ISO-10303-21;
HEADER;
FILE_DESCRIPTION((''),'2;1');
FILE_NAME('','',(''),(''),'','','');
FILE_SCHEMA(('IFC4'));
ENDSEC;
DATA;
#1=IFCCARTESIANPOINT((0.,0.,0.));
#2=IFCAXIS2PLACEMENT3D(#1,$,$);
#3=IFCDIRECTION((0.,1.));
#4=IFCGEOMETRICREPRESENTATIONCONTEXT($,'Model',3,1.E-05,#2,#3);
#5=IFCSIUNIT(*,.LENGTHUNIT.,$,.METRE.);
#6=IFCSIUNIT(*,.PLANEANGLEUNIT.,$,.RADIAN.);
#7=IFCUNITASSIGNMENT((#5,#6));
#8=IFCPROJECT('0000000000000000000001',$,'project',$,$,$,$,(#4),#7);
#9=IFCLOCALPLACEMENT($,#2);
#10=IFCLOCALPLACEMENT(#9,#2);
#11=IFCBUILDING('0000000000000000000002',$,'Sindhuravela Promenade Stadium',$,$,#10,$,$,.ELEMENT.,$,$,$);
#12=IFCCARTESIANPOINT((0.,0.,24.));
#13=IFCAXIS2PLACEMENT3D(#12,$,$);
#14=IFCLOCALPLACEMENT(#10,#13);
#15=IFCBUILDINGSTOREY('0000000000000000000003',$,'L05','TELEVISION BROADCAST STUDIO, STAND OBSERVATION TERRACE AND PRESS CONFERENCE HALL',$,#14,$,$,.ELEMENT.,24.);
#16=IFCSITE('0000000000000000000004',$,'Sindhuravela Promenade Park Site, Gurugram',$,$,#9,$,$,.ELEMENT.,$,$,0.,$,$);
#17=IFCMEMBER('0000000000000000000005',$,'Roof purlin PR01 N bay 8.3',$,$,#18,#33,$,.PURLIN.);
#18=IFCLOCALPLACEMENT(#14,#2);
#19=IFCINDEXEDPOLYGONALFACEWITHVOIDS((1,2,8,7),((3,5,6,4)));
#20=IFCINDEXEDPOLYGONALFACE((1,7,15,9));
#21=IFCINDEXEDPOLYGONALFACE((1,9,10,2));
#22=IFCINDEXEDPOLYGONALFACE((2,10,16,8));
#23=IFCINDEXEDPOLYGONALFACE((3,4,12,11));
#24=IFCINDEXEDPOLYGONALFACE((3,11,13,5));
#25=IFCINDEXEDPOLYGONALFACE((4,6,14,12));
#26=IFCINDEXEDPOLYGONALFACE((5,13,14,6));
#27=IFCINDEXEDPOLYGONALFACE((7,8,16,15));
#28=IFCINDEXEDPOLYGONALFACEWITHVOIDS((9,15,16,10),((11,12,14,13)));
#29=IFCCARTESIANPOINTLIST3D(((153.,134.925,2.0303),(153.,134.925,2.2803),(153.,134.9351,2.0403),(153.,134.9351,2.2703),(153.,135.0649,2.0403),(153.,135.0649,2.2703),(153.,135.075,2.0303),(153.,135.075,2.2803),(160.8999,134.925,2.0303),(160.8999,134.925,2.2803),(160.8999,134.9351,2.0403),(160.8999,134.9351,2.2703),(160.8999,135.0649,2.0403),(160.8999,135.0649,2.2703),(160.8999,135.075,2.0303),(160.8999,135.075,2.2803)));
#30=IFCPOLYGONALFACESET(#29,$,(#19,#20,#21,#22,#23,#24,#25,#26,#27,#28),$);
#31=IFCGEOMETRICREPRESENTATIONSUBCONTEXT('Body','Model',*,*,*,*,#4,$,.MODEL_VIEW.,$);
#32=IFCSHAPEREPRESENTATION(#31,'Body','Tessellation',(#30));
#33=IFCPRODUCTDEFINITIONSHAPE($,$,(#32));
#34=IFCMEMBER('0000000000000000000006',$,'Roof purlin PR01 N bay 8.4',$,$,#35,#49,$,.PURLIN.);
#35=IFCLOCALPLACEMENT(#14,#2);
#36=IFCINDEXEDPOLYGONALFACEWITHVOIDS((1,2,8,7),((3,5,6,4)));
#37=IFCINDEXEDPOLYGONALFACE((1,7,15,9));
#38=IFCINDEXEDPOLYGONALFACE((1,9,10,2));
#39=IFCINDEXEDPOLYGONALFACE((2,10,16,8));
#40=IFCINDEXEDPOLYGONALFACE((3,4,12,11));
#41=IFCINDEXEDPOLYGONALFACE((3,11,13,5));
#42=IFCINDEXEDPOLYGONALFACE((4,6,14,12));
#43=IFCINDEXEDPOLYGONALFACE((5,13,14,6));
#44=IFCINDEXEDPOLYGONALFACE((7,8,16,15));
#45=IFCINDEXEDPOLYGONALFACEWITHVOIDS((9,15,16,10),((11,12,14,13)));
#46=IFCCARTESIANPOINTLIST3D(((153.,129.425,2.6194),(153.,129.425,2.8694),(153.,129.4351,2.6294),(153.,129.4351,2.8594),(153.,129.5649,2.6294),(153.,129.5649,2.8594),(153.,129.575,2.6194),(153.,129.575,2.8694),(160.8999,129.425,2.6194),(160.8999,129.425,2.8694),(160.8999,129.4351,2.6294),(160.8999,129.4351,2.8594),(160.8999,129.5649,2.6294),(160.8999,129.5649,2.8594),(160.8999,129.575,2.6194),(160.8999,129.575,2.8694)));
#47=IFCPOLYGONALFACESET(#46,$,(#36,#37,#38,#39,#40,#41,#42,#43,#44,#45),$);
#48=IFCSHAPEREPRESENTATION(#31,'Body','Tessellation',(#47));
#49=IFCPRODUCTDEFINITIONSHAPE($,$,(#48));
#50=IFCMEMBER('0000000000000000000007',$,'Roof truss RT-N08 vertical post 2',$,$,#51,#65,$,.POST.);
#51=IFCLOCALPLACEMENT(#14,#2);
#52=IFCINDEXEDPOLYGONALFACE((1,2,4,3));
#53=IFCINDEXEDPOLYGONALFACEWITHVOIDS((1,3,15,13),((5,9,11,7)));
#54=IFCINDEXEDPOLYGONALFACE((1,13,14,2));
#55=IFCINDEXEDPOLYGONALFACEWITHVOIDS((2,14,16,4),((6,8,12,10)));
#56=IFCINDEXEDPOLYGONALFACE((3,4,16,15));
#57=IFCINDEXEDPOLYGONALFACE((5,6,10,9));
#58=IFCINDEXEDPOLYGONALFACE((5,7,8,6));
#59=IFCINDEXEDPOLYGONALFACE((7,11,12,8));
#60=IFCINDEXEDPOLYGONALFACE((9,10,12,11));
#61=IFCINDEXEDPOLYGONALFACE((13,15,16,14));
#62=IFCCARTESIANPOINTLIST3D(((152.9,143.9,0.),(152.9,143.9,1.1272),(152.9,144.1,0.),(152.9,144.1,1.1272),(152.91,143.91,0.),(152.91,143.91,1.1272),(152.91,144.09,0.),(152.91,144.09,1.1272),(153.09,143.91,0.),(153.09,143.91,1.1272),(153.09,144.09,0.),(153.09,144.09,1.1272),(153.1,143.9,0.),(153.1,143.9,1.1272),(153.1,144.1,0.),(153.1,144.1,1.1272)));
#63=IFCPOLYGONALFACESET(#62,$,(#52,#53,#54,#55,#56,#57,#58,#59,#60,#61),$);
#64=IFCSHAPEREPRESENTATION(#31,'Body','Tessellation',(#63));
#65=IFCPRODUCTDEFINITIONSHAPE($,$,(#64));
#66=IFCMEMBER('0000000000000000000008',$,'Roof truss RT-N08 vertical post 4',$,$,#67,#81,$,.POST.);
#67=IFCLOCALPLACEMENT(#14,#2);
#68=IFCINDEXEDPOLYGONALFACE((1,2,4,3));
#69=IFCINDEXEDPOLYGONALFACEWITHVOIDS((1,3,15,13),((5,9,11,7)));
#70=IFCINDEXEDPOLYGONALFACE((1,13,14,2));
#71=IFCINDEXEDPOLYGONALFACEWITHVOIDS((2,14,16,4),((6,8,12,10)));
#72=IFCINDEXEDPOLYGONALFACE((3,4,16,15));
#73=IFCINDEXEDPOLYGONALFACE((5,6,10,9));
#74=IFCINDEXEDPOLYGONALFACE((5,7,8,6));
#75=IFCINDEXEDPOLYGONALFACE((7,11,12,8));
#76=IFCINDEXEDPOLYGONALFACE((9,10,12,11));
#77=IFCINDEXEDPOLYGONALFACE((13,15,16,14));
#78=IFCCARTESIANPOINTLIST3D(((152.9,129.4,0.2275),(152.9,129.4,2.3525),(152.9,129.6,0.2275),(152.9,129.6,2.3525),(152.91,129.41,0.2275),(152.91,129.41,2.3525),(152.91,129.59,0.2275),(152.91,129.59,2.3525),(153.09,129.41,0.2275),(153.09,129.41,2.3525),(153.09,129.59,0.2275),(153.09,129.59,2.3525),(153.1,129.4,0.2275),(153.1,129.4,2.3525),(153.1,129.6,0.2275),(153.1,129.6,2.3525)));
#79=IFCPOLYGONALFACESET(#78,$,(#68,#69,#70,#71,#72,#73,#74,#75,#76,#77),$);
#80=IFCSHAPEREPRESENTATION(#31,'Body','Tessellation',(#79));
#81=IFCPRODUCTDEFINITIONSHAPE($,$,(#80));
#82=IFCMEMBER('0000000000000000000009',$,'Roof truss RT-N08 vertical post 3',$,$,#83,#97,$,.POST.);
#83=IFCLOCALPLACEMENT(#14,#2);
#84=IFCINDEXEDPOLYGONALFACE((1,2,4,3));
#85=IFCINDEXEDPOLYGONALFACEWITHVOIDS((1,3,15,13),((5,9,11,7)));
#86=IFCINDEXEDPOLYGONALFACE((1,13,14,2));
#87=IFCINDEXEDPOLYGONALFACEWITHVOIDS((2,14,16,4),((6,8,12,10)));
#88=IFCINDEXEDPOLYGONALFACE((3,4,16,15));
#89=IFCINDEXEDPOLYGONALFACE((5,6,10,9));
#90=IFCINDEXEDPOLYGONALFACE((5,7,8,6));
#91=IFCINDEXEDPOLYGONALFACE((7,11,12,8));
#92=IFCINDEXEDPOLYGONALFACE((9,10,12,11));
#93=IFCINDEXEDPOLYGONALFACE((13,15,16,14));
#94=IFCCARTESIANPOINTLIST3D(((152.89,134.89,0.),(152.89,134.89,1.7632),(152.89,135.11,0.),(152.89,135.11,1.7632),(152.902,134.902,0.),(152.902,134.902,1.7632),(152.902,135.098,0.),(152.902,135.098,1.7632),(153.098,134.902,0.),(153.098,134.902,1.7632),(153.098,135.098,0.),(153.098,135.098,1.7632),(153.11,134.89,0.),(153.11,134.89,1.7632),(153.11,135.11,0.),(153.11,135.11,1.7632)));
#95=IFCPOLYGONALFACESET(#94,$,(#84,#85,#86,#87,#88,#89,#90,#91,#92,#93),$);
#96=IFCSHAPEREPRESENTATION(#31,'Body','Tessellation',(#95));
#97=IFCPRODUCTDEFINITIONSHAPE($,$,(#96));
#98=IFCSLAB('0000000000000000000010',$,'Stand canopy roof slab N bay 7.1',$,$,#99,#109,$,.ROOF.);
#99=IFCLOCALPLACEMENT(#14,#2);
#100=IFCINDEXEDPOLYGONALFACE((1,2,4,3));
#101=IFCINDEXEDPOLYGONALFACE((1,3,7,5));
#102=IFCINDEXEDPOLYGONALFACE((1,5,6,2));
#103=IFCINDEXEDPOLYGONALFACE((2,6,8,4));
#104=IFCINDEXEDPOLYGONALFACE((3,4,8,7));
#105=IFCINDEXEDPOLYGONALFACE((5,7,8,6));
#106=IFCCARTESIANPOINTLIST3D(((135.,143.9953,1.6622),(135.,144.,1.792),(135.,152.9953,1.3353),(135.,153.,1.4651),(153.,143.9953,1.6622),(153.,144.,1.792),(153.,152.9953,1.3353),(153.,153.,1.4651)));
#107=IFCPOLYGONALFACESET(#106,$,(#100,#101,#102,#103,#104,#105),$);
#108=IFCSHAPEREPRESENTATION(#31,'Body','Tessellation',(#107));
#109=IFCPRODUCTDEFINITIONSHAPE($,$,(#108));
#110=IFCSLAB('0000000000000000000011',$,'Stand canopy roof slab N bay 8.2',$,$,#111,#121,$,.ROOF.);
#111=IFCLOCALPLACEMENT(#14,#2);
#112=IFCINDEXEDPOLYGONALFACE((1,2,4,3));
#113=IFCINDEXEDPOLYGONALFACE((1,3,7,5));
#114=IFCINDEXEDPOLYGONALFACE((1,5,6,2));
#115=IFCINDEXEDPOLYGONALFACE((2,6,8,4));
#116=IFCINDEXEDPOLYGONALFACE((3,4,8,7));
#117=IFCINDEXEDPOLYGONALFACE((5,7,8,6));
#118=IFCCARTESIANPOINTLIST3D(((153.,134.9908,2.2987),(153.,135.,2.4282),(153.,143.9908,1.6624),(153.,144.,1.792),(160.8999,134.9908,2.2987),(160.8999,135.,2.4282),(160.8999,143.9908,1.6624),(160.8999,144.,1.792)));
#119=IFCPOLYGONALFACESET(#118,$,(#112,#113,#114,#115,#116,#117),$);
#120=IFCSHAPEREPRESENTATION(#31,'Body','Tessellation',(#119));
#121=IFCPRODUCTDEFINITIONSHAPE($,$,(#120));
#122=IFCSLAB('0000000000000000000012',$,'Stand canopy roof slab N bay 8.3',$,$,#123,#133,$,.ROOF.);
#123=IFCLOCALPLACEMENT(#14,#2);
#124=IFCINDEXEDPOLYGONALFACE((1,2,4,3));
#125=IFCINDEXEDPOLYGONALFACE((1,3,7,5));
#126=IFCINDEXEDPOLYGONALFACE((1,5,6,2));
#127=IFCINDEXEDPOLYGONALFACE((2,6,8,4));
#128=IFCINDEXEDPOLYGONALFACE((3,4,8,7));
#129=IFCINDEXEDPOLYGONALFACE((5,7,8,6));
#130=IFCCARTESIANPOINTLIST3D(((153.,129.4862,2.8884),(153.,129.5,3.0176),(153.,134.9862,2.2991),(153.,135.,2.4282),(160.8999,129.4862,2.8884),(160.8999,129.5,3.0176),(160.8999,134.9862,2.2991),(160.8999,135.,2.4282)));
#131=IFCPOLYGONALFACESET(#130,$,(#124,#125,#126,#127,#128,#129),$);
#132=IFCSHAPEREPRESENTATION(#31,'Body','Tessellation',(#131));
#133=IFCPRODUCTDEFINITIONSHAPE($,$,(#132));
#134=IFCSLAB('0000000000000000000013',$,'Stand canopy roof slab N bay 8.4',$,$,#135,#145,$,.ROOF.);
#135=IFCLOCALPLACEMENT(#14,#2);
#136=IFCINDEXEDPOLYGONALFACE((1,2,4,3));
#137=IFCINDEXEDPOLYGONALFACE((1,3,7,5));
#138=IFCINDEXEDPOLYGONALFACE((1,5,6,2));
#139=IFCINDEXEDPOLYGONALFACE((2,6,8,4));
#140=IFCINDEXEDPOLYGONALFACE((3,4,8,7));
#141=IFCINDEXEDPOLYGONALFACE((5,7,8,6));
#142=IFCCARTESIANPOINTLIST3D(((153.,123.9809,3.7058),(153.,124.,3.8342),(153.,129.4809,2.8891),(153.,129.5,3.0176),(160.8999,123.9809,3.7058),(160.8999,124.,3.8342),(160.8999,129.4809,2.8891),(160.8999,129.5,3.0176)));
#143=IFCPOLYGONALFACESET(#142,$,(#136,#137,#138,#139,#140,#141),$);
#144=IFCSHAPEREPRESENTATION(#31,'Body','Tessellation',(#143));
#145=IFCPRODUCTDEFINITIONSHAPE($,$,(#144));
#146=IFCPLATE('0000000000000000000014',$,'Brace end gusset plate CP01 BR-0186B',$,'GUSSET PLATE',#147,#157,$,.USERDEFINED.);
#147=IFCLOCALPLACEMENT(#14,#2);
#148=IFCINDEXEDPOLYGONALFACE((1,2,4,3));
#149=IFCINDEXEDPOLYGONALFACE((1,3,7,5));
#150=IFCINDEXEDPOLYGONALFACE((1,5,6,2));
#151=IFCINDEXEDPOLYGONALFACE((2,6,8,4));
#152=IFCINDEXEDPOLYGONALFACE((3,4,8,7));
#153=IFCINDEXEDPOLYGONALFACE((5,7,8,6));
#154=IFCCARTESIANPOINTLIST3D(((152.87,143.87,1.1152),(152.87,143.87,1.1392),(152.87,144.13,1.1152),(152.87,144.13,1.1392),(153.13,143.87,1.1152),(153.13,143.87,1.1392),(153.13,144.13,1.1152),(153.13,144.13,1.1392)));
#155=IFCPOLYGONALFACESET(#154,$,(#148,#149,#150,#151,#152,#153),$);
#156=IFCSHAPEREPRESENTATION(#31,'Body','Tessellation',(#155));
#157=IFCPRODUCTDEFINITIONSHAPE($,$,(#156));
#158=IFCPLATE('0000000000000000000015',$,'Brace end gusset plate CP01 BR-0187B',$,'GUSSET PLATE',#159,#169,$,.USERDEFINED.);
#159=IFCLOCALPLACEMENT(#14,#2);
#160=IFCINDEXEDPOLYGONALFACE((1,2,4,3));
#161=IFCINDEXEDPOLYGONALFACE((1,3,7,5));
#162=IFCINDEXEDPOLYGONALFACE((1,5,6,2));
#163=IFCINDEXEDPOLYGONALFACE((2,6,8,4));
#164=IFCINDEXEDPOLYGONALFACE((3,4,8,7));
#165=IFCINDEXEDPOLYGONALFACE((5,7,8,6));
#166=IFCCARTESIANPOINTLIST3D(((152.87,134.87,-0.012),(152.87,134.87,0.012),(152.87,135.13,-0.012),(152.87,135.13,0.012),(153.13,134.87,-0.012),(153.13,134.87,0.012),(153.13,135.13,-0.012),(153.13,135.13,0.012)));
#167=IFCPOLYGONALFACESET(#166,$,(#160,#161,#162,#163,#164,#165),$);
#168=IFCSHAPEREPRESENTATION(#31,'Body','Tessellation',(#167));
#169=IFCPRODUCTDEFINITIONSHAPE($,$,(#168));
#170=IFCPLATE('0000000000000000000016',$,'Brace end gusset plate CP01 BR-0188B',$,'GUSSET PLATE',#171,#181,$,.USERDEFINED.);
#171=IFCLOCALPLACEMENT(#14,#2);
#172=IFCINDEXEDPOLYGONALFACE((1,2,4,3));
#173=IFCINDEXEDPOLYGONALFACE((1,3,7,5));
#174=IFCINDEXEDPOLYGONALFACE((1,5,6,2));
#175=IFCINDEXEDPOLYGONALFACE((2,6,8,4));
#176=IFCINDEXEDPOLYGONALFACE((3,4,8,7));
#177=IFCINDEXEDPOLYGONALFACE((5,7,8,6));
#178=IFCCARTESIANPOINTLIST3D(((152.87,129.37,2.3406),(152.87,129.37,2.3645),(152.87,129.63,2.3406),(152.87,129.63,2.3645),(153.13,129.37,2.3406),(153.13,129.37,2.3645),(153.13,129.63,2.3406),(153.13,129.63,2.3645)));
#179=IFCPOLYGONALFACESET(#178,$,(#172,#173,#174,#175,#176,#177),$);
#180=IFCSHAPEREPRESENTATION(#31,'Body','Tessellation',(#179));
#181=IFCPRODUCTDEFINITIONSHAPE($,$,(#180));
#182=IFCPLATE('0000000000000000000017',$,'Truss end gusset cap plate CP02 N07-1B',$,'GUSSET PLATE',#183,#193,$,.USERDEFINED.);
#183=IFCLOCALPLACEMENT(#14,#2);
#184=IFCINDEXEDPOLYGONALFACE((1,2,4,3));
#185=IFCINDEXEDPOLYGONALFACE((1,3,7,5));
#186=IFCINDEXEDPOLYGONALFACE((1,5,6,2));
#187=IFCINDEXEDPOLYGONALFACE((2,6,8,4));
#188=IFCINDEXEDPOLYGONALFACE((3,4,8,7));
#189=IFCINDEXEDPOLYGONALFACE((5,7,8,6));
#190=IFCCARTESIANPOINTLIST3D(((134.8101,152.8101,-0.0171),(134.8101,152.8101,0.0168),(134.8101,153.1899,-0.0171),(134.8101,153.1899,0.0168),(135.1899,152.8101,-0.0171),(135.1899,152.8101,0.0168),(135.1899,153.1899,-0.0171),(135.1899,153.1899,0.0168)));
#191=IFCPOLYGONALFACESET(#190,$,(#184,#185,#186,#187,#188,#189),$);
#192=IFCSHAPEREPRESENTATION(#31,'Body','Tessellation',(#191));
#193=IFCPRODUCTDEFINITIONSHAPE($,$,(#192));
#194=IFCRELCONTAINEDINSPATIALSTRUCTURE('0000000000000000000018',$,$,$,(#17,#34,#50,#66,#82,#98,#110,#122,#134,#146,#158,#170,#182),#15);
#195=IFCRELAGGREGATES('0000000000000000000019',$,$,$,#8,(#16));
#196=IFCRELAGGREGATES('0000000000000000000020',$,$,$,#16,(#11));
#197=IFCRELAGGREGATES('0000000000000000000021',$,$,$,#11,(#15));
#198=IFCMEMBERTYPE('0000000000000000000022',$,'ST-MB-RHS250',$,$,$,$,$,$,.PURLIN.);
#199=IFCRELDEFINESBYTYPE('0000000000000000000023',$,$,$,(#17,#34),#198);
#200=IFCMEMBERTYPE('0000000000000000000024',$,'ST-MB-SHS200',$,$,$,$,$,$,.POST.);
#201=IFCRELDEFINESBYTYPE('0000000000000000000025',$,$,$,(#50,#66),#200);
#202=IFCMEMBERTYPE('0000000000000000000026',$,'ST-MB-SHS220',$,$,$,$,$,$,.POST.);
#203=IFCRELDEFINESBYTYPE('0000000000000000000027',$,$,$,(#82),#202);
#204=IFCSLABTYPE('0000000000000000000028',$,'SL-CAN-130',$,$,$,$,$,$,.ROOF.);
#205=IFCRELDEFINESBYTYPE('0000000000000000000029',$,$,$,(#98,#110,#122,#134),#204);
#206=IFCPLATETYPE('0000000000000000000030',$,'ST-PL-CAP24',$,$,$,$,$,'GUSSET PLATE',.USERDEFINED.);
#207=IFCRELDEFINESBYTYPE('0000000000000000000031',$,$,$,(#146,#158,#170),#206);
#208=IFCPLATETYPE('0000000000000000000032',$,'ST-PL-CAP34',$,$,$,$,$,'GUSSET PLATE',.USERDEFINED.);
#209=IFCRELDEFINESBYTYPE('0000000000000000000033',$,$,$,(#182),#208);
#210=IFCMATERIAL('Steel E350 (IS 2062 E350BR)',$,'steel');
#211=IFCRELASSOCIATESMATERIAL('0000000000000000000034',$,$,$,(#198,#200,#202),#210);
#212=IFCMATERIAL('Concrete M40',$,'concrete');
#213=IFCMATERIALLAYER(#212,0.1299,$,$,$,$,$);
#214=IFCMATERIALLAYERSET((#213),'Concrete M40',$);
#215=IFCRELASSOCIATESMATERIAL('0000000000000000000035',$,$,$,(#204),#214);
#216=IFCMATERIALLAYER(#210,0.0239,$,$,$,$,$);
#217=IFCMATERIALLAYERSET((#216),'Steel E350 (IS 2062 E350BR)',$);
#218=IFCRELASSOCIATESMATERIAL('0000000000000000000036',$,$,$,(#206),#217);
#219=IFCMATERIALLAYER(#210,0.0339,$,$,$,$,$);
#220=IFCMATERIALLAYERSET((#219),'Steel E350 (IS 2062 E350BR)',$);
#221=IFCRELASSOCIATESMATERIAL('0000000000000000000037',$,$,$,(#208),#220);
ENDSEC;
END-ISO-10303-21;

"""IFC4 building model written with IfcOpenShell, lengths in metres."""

from ifc_helpers import new_model, si_unit, direction, frame, origin, origin_2d, place, context, subcontext, project, spatial, polyline, rectangle, hollow_rectangle, outline, extrude, material, layer, layer_set, material_profile, profile_set, type_object, element, save


model = new_model("IFC4")

# Units and contexts
model_context = context("Model", 3, precision=1e-05, world=origin(), true_north=direction((0.0, 1.0)))
body_context = subcontext(model_context, "Body", "Model", "MODEL_VIEW")
ifc_project = project(units=[si_unit("LENGTHUNIT", "METRE"), si_unit("PLANEANGLEUNIT", "RADIAN")], contexts=[model_context])

# Site, building, storey
site_placement = place(None, origin())
site = spatial("IfcSite", under=ifc_project, at=site_placement, Name="Sindhuravela Promenade Park Site, Gurugram", CompositionType="ELEMENT", RefElevation=0.0)
building_placement = place(site_placement, origin())
building = spatial("IfcBuilding", under=site, at=building_placement, Name="Sindhuravela Promenade Stadium", CompositionType="ELEMENT")
storey_placement = place(building_placement, frame((0.0, 0.0, 24.0)))
storey = spatial("IfcBuildingStorey", under=building, at=storey_placement, Name="L05", Description="TELEVISION BROADCAST STUDIO, STAND OBSERVATION TERRACE AND PRESS CONFERENCE HALL", CompositionType="ELEMENT", Elevation=24.0)

# Shared definitions
ifc_material_1 = material(Name="Steel E350 (IS 2062 E350BR)", Category="steel")

# Members
ifc_material_profile_1 = material_profile(ifc_material_1, hollow_rectangle(XDim=0.1499, YDim=0.25, WallThickness=0.01, at=origin_2d()), Name="RHS 250x150x10")
ifc_profile_set_1 = profile_set([ifc_material_profile_1], Name="Steel E350 (IS 2062 E350BR)")
member_type_1 = type_object("IfcMemberType", Name="ST-MB-RHS250", PredefinedType="PURLIN", material=ifc_profile_set_1)
for number, where, z_axis, x_axis, name in (
    (1, (153.0, 135.0, 2.1553), (1.0, 0.0, 0.0), (0.0, 1.0, 0.0), "Roof purlin PR01 N bay 8.3"),
    (2, (153.0, 129.5, 2.7444), (1.0, 0.0, 0.0), (0.0, 1.0, 0.0), "Roof purlin PR01 N bay 8.4"),
):
    element("IfcMember", number, at=place(storey_placement, frame(where, z_axis=z_axis, x_axis=x_axis)), inside=storey, type_object=member_type_1, Name=name, PredefinedType="PURLIN", context=body_context, shape_type="SweptSolid", body=[
        extrude(hollow_rectangle(XDim=0.1499, YDim=0.25, WallThickness=0.01, at=origin_2d()), origin(), (0.0, 0.0, 1.0), 7.8999),
    ])
ifc_material_profile_2 = material_profile(ifc_material_1, hollow_rectangle(XDim=0.2, YDim=0.2, WallThickness=0.01, at=origin_2d()), Name="SHS 200x200x10")
ifc_profile_set_2 = profile_set([ifc_material_profile_2], Name="Steel E350 (IS 2062 E350BR)")
member_type_2 = type_object("IfcMemberType", Name="ST-MB-SHS200", PredefinedType="POST", material=ifc_profile_set_2)
member_1_placement = place(storey_placement, frame((153.0, 144.0, 0.0), z_axis=(0.0, 0.0, 1.0), x_axis=(1.0, 0.0, 0.0)))
element("IfcMember", 3, at=member_1_placement, inside=storey, type_object=member_type_2, Name="Roof truss RT-N08 vertical post 2", PredefinedType="POST", context=body_context, shape_type="SweptSolid", body=[
    extrude(hollow_rectangle(XDim=0.2, YDim=0.2, WallThickness=0.01, at=origin_2d()), origin(), (0.0, 0.0, 1.0), 1.1272),
])
member_2_placement = place(storey_placement, frame((153.0, 129.5, 0.2275), z_axis=(0.0, 0.0, 1.0), x_axis=(1.0, 0.0, 0.0)))
element("IfcMember", 4, at=member_2_placement, inside=storey, type_object=member_type_2, Name="Roof truss RT-N08 vertical post 4", PredefinedType="POST", context=body_context, shape_type="SweptSolid", body=[
    extrude(hollow_rectangle(XDim=0.2, YDim=0.2, WallThickness=0.01, at=origin_2d()), origin(), (0.0, 0.0, 1.0), 2.125),
])
ifc_material_profile_3 = material_profile(ifc_material_1, hollow_rectangle(XDim=0.22, YDim=0.22, WallThickness=0.012, at=origin_2d()), Name="SHS 220x220x12")
ifc_profile_set_3 = profile_set([ifc_material_profile_3], Name="Steel E350 (IS 2062 E350BR)")
member_type_3 = type_object("IfcMemberType", Name="ST-MB-SHS220", PredefinedType="POST", material=ifc_profile_set_3)
member_3_placement = place(storey_placement, frame((153.0, 135.0, 0.0), z_axis=(0.0, 0.0, 1.0), x_axis=(1.0, 0.0, 0.0)))
element("IfcMember", 5, at=member_3_placement, inside=storey, type_object=member_type_3, Name="Roof truss RT-N08 vertical post 3", PredefinedType="POST", context=body_context, shape_type="SweptSolid", body=[
    extrude(hollow_rectangle(XDim=0.22, YDim=0.22, WallThickness=0.012, at=origin_2d()), origin(), (0.0, 0.0, 1.0), 1.7632),
])

# Slabs
ifc_material_2 = material(Name="Concrete M40", Category="concrete")
ifc_layer_1 = layer(ifc_material_2, 0.1299)
ifc_layer_set_1 = layer_set([ifc_layer_1], Name="Concrete M40")
slab_type = type_object("IfcSlabType", Name="SL-CAN-130", PredefinedType="ROOF", material=ifc_layer_set_1)
slab_1_placement = place(storey_placement, frame((135.0, 153.0, 1.4651), z_axis=(0.0, 0.036299, 0.999341), x_axis=(1.0, 0.0, 0.0)))
element("IfcSlab", 6, at=slab_1_placement, inside=storey, type_object=slab_type, Name="Stand canopy roof slab N bay 7.1", PredefinedType="ROOF", context=body_context, shape_type="SweptSolid", body=[
    extrude(outline(polyline([(0.0, 0.0), (0.0, -9.0059), (18.0, -9.0059), (18.0, 0.0), (0.0, 0.0)])), origin(), (0.0, 0.0, -1.0), 0.1299),
])
slab_2_placement = place(storey_placement, frame((153.0, 144.0, 1.792), z_axis=(0.0, 0.070516, 0.997511), x_axis=(1.0, 0.0, 0.0)))
element("IfcSlab", 7, at=slab_2_placement, inside=storey, type_object=slab_type, Name="Stand canopy roof slab N bay 8.2", PredefinedType="ROOF", context=body_context, shape_type="SweptSolid", body=[
    extrude(outline(polyline([(0.0, 0.0), (0.0, -9.0225), (7.8999, -9.0225), (7.8999, 0.0), (0.0, 0.0)])), origin(), (0.0, 0.0, -1.0), 0.1299),
])
slab_3_placement = place(storey_placement, frame((153.0, 135.0, 2.4282), z_axis=(0.0, 0.106546, 0.994308), x_axis=(1.0, 0.0, 0.0)))
element("IfcSlab", 8, at=slab_3_placement, inside=storey, type_object=slab_type, Name="Stand canopy roof slab N bay 8.3", PredefinedType="ROOF", context=body_context, shape_type="SweptSolid", body=[
    extrude(outline(polyline([(0.0, 0.0), (0.0, -5.5315), (7.8999, -5.5315), (7.8999, 0.0), (0.0, 0.0)])), origin(), (0.0, 0.0, -1.0), 0.1299),
])
slab_4_placement = place(storey_placement, frame((153.0, 129.5, 3.0176), z_axis=(0.0, 0.146872, 0.989156), x_axis=(1.0, 0.0, 0.0)))
element("IfcSlab", 9, at=slab_4_placement, inside=storey, type_object=slab_type, Name="Stand canopy roof slab N bay 8.4", PredefinedType="ROOF", context=body_context, shape_type="SweptSolid", body=[
    extrude(outline(polyline([(0.0, 0.0), (0.0, -5.5603), (7.8999, -5.5603), (7.8999, 0.0), (0.0, 0.0)])), origin(), (0.0, 0.0, -1.0), 0.1299),
])

# Plates
ifc_layer_2 = layer(ifc_material_1, 0.0239)
ifc_layer_set_2 = layer_set([ifc_layer_2], Name="Steel E350 (IS 2062 E350BR)")
plate_type_1 = type_object("IfcPlateType", Name="ST-PL-CAP24", ElementType="GUSSET PLATE", PredefinedType="USERDEFINED", material=ifc_layer_set_2)
for number, where, z_axis, x_axis, name in (
    (10, (153.0, 144.0, 1.1152), (0.0, 0.0, 1.0), (1.0, 0.0, 0.0), "Brace end gusset plate CP01 BR-0186B"),
    (11, (153.0, 135.0, -0.012), (0.0, 0.0, 1.0), (1.0, 0.0, 0.0), "Brace end gusset plate CP01 BR-0187B"),
    (12, (153.0, 129.5, 2.3406), (0.0, 0.0, 1.0), (1.0, 0.0, 0.0), "Brace end gusset plate CP01 BR-0188B"),
):
    element("IfcPlate", number, at=place(storey_placement, frame(where, z_axis=z_axis, x_axis=x_axis)), inside=storey, type_object=plate_type_1, Name=name, ObjectType="GUSSET PLATE", PredefinedType="USERDEFINED", context=body_context, shape_type="SweptSolid", body=[
        extrude(rectangle(XDim=0.26, YDim=0.26, at=origin_2d()), origin(), (0.0, 0.0, 1.0), 0.0239),
    ])
ifc_layer_3 = layer(ifc_material_1, 0.0339)
ifc_layer_set_3 = layer_set([ifc_layer_3], Name="Steel E350 (IS 2062 E350BR)")
plate_type_2 = type_object("IfcPlateType", Name="ST-PL-CAP34", ElementType="GUSSET PLATE", PredefinedType="USERDEFINED", material=ifc_layer_set_3)
plate_placement = place(storey_placement, frame((135.0, 153.0, -0.0171), z_axis=(0.0, 0.0, 1.0), x_axis=(1.0, 0.0, 0.0)))
element("IfcPlate", 13, at=plate_placement, inside=storey, type_object=plate_type_2, Name="Truss end gusset cap plate CP02 N07-1B", ObjectType="GUSSET PLATE", PredefinedType="USERDEFINED", context=body_context, shape_type="SweptSolid", body=[
    extrude(rectangle(XDim=0.3799, YDim=0.3799, at=origin_2d()), origin(), (0.0, 0.0, 1.0), 0.0339),
])

save(model, "model.ifc")
